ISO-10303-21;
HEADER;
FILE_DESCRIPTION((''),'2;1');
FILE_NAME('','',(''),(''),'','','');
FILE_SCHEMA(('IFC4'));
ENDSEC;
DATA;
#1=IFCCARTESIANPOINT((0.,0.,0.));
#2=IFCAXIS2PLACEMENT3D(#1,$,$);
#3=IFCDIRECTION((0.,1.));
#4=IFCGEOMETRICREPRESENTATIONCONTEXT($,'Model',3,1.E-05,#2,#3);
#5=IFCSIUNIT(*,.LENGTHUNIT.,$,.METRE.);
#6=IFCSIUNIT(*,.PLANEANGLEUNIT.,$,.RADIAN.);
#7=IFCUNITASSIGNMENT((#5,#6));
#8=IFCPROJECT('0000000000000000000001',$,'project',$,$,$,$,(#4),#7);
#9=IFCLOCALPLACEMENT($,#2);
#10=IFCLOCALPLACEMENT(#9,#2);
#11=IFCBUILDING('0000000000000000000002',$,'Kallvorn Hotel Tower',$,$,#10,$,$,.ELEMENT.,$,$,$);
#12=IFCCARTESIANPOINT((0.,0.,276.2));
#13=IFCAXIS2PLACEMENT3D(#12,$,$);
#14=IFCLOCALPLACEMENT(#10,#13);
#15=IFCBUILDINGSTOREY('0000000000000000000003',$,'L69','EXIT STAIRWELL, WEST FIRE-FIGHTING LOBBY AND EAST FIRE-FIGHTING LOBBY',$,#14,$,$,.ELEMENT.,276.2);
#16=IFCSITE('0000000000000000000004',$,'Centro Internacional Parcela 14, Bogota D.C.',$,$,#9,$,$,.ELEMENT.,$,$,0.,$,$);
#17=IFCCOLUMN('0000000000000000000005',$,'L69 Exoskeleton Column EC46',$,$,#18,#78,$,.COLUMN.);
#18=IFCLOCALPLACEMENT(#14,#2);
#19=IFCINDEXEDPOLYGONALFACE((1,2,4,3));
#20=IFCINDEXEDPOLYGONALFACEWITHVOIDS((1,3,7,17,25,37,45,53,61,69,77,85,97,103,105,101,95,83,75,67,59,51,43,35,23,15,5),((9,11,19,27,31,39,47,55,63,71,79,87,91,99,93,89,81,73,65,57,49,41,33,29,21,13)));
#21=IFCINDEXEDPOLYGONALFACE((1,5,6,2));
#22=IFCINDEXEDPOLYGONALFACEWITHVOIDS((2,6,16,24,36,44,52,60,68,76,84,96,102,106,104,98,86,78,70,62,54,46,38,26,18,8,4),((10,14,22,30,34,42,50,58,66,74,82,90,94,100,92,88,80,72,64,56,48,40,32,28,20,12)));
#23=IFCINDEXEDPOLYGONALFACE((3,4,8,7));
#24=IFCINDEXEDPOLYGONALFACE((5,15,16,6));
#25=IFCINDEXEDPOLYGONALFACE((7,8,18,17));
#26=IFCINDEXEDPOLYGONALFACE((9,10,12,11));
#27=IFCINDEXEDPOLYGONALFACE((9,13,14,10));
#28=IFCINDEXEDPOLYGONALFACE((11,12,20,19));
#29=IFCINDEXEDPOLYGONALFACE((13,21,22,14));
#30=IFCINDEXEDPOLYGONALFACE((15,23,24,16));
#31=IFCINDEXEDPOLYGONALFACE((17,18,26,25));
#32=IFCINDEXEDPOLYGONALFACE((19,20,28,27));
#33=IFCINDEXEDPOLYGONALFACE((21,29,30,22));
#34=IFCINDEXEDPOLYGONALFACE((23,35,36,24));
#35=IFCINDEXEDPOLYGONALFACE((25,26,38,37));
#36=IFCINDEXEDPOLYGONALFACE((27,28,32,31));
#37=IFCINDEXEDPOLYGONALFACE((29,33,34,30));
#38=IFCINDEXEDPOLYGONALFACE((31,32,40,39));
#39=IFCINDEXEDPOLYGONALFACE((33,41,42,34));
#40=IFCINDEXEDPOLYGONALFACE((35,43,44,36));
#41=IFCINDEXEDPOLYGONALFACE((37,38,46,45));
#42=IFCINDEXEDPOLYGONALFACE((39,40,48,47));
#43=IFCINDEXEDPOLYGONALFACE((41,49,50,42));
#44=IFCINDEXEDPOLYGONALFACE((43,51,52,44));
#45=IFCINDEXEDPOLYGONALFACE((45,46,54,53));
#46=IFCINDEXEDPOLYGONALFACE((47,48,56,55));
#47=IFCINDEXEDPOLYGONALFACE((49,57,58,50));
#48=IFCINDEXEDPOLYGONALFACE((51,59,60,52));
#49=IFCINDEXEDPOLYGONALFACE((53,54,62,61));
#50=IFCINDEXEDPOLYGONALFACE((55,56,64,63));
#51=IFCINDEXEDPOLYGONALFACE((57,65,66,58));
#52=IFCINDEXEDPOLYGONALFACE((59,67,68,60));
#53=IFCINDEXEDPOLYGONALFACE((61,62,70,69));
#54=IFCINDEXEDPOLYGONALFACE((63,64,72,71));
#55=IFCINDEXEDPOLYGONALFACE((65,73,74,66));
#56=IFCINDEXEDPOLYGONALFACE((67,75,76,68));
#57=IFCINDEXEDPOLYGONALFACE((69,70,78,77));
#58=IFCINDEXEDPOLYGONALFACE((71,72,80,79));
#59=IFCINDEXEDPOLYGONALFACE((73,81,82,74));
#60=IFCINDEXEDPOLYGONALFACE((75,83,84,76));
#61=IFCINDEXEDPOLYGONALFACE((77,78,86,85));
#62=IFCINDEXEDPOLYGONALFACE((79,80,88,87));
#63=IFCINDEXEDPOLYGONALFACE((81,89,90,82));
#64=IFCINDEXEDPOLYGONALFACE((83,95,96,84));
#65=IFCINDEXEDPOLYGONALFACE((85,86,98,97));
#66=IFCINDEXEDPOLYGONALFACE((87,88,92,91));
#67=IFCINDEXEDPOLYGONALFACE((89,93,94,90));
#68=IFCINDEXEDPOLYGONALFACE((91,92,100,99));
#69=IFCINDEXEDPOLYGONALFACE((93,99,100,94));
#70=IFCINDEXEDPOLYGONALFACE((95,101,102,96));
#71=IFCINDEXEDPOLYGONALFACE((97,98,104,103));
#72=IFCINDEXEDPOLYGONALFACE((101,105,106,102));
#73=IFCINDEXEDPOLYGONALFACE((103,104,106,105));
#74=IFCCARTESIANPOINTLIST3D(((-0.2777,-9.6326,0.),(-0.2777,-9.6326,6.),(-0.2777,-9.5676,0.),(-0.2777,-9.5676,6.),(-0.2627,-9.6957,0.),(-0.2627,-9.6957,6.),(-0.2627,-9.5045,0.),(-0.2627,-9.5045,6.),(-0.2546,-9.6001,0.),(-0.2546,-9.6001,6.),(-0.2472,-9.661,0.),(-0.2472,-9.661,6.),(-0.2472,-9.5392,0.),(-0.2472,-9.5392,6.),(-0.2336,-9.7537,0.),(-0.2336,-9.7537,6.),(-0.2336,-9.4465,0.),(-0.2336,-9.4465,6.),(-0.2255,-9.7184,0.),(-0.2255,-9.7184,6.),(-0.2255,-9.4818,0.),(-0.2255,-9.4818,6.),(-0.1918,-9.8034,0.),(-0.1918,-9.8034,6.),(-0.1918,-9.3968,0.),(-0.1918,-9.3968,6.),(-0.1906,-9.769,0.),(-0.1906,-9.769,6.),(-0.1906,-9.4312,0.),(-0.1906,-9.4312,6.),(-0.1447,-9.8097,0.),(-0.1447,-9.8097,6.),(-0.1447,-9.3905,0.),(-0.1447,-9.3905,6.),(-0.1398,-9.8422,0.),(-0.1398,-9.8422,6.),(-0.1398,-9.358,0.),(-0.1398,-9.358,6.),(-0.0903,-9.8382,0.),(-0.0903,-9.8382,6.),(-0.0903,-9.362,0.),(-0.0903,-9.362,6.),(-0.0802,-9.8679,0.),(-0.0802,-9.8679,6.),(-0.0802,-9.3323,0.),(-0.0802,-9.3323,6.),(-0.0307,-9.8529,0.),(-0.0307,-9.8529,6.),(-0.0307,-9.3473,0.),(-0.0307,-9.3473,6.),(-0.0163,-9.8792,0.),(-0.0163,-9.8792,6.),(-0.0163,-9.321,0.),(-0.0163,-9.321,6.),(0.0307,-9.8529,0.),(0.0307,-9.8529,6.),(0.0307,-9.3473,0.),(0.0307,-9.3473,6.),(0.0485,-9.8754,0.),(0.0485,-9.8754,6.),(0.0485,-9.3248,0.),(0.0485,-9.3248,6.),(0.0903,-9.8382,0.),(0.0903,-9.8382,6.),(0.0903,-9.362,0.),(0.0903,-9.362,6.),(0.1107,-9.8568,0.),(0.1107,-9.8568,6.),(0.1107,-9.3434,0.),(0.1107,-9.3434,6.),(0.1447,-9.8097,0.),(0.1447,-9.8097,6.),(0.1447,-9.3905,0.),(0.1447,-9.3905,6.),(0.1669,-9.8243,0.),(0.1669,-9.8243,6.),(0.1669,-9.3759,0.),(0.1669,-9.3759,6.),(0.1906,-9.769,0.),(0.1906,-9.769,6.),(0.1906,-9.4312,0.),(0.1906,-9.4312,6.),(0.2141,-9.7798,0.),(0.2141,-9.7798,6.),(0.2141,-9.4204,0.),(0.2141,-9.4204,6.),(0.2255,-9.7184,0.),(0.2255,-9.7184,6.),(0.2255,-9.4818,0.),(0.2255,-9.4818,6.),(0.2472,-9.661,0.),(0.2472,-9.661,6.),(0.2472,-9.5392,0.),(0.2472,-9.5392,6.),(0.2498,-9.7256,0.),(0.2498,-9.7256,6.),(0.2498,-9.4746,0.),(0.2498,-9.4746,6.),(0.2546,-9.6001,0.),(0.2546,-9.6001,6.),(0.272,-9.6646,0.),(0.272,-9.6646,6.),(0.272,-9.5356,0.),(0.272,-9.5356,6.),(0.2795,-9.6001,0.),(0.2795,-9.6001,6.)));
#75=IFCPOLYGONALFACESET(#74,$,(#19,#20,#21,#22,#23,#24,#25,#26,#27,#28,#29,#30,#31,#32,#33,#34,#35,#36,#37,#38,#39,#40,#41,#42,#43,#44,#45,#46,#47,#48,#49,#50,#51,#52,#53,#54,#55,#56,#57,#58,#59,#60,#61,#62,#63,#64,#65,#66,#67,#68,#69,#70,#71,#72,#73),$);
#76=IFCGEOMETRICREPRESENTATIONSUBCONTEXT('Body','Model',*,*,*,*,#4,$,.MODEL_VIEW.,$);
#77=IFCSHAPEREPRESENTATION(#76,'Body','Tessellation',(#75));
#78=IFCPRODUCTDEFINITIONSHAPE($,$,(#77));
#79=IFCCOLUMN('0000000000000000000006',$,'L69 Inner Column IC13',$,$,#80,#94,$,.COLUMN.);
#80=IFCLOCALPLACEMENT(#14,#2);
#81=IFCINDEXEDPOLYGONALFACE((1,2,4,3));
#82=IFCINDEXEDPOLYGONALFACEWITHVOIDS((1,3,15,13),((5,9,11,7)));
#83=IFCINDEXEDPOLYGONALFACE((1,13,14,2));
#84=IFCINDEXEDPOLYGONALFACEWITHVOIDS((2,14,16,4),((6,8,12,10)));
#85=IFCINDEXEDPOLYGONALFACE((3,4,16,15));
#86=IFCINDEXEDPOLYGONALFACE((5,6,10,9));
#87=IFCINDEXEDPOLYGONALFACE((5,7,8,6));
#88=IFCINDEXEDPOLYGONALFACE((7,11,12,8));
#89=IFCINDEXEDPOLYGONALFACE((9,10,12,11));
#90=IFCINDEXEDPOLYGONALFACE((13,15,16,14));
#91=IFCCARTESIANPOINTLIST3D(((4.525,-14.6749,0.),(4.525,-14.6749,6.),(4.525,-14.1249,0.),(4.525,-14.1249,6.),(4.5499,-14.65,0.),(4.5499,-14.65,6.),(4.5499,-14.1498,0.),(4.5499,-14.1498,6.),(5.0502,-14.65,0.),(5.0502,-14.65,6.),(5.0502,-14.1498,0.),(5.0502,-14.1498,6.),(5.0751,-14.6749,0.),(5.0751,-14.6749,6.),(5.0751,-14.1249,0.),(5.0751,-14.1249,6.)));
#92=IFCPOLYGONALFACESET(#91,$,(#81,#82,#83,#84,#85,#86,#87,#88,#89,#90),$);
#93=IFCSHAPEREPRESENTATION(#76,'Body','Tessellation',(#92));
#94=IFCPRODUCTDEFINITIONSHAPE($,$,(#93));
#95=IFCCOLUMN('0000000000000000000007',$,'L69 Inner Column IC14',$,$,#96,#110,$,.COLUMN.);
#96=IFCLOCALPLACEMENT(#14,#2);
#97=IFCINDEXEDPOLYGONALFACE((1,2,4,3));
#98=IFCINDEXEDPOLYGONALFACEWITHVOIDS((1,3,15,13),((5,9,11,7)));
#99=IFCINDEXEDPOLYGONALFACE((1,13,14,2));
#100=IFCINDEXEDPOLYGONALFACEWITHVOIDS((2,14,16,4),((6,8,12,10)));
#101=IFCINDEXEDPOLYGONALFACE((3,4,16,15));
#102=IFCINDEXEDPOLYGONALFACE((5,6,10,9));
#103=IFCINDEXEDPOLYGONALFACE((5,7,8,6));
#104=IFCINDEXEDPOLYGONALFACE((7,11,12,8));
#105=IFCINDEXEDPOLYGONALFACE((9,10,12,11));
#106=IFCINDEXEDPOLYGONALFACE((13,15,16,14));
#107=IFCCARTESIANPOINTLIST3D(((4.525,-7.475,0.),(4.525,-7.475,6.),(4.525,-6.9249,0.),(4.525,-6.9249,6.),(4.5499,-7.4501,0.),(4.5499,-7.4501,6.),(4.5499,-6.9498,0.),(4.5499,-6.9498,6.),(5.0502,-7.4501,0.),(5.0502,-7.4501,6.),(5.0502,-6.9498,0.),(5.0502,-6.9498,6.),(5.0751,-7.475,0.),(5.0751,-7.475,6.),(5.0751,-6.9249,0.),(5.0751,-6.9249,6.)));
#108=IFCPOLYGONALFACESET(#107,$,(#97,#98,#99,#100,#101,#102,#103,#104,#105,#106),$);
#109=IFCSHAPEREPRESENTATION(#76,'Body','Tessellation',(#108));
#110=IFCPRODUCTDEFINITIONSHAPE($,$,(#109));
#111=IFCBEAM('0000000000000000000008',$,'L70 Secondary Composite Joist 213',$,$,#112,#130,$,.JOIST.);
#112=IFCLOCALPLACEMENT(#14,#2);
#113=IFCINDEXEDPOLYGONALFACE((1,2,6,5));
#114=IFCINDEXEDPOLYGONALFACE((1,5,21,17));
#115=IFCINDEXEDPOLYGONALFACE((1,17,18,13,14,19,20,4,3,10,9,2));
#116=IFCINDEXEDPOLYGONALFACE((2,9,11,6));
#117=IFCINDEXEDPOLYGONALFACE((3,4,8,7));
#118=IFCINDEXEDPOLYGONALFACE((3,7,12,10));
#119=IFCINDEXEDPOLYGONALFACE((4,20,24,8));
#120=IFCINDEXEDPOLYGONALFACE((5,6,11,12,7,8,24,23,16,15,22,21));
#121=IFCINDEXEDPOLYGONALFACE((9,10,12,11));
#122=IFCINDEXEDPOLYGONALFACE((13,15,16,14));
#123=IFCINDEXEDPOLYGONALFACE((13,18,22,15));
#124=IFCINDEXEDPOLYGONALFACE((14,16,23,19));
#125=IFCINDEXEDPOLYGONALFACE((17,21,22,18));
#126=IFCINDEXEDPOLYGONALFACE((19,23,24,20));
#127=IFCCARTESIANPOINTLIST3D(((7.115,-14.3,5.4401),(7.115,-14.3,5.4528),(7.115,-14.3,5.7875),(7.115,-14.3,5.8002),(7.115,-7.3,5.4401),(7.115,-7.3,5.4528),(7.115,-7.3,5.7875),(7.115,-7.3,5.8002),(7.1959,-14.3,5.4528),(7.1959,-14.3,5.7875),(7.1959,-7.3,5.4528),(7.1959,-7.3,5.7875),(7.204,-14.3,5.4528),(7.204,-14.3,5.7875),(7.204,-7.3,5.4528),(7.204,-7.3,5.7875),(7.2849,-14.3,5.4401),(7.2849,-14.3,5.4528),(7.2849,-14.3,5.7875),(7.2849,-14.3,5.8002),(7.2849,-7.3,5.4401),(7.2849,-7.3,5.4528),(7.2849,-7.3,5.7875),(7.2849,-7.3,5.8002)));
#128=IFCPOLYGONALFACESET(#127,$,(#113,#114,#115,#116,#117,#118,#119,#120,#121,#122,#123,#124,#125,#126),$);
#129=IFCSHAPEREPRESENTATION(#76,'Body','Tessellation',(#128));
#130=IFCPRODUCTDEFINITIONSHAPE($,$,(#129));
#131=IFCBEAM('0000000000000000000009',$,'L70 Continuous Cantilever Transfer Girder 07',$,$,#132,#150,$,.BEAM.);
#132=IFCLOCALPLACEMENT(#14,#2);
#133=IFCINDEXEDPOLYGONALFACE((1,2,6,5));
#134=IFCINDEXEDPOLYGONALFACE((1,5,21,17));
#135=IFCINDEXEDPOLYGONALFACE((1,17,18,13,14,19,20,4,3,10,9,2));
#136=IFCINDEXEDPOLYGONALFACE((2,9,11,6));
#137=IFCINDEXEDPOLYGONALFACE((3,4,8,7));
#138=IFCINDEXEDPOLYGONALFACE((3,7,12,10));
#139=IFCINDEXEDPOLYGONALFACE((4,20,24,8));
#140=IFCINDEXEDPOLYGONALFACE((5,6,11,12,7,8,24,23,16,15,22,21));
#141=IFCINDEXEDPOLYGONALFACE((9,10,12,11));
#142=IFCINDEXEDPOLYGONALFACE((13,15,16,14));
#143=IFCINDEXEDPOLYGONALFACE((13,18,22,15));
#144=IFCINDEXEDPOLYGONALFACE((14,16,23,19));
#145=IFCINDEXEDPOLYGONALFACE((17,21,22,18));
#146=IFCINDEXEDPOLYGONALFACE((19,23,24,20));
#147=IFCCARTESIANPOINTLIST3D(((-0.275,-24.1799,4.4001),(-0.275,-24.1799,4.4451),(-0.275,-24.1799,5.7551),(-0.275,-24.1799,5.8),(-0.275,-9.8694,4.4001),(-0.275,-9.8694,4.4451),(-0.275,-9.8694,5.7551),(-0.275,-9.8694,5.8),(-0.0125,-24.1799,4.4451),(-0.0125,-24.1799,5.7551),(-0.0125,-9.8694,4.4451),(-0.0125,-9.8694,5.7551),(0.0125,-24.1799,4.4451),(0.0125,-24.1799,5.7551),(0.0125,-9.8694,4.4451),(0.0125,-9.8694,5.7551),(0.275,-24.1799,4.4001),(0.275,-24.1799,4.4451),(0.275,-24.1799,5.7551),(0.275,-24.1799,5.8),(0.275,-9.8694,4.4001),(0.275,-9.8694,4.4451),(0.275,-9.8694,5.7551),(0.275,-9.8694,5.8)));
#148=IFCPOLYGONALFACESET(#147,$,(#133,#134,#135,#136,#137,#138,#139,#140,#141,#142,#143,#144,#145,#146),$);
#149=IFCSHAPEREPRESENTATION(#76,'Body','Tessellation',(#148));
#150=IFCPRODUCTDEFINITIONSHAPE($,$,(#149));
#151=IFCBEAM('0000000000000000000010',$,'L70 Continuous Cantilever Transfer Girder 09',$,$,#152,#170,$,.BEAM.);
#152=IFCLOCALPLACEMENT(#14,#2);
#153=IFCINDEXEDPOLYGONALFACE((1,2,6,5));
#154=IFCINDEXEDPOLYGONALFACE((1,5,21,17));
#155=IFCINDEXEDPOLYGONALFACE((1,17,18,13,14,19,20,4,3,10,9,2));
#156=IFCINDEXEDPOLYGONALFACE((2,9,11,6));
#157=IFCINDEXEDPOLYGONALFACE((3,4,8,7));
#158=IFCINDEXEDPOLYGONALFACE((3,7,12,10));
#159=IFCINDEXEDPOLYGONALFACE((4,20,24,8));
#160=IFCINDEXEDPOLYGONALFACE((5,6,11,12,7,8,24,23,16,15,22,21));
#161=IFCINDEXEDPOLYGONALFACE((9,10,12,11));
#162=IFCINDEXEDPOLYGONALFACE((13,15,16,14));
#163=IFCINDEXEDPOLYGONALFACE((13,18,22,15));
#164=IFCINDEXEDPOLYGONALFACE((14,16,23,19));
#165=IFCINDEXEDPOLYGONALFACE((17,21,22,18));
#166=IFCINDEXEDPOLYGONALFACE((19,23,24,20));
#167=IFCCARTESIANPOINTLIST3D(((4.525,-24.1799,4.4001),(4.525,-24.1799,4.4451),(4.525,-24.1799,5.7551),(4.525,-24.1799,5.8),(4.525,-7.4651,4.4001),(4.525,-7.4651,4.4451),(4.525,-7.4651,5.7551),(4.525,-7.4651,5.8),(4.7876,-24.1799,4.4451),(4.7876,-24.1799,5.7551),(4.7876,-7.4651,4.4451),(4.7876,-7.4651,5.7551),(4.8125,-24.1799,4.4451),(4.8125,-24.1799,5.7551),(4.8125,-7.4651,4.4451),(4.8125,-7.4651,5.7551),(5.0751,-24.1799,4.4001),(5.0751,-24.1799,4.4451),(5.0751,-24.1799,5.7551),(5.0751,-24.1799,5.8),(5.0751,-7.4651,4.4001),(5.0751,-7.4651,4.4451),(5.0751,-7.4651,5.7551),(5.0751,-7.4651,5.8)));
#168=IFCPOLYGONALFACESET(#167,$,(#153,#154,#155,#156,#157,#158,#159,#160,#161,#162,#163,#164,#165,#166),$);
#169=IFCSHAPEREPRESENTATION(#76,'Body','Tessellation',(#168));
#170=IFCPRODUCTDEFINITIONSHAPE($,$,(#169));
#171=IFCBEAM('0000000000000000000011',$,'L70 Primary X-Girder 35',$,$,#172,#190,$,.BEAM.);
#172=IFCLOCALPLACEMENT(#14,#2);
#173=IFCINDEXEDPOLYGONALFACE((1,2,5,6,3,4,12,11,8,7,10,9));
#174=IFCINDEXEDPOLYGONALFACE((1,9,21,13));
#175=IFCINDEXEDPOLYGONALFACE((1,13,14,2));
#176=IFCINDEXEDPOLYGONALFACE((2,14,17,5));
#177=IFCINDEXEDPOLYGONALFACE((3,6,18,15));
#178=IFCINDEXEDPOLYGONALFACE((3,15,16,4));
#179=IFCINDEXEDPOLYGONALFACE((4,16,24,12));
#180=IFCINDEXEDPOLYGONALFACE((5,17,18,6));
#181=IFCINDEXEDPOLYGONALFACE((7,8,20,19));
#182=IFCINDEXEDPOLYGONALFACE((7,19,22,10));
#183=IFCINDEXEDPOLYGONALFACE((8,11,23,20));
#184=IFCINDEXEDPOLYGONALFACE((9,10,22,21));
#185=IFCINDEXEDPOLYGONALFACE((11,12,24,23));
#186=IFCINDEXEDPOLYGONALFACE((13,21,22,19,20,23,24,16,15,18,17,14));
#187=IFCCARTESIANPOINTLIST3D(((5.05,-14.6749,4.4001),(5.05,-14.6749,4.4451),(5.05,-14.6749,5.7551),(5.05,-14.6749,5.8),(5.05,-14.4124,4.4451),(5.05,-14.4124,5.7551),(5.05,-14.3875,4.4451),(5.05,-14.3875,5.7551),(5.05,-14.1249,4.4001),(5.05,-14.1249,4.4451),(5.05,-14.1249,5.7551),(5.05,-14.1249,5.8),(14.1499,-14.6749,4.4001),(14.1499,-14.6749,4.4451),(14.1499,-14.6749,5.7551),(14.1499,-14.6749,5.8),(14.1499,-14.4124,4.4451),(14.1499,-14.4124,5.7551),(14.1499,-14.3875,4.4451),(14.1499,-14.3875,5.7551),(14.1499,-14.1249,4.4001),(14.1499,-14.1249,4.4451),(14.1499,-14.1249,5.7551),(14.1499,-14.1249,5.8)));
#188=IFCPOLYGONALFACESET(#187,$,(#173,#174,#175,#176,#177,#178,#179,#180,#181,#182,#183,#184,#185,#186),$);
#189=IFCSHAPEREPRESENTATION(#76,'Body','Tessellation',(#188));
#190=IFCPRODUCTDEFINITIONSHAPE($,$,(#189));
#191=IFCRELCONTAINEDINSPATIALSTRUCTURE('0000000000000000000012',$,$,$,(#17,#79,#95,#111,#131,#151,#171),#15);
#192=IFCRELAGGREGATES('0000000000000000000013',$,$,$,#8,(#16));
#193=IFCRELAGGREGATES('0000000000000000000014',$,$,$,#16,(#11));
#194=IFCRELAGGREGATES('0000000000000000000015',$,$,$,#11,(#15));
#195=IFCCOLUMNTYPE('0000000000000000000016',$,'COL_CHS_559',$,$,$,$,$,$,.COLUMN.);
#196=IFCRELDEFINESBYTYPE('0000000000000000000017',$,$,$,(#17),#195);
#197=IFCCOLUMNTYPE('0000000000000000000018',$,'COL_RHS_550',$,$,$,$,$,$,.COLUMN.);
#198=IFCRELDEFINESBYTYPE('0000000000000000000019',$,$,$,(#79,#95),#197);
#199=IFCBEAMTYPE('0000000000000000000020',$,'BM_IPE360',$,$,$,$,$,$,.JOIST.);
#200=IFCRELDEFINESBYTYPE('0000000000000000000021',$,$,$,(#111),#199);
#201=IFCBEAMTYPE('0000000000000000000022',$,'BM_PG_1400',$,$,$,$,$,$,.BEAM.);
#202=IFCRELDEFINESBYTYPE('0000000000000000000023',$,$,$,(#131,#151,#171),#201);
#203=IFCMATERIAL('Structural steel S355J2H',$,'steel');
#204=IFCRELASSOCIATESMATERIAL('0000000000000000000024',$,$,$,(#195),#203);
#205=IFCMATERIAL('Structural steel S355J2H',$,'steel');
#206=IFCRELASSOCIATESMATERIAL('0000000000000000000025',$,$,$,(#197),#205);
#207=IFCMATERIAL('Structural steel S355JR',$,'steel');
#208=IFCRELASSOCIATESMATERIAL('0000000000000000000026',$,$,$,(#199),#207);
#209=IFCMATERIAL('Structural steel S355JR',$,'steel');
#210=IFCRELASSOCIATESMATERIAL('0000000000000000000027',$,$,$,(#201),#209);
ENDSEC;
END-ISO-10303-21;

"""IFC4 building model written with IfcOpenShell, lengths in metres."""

from ifc_helpers import new_model, si_unit, direction, frame, origin, origin_2d, place, context, subcontext, project, spatial, hollow_rectangle, hollow_circle, i_section, extrude, material, material_profile, profile_set, type_object, element, save


model = new_model("IFC4")

# Units and contexts
model_context = context("Model", 3, precision=1e-05, world=origin(), true_north=direction((0.0, 1.0)))
body_context = subcontext(model_context, "Body", "Model", "MODEL_VIEW")
ifc_project = project(units=[si_unit("LENGTHUNIT", "METRE"), si_unit("PLANEANGLEUNIT", "RADIAN")], contexts=[model_context])

# Site, building, storey
site_placement = place(None, origin())
site = spatial("IfcSite", under=ifc_project, at=site_placement, Name="Centro Internacional Parcela 14, Bogota D.C.", CompositionType="ELEMENT", RefElevation=0.0)
building_placement = place(site_placement, origin())
building = spatial("IfcBuilding", under=site, at=building_placement, Name="Kallvorn Hotel Tower", CompositionType="ELEMENT")
storey_placement = place(building_placement, frame((0.0, 0.0, 276.2)))
storey = spatial("IfcBuildingStorey", under=building, at=storey_placement, Name="L69", Description="EXIT STAIRWELL, WEST FIRE-FIGHTING LOBBY AND EAST FIRE-FIGHTING LOBBY", CompositionType="ELEMENT", Elevation=276.2)

# Columns
ifc_material_1 = material(Name="Structural steel S355J2H", Category="steel")
ifc_material_profile_1 = material_profile(ifc_material_1, hollow_circle(Radius=0.2795, WallThickness=0.0249, at=origin_2d()), Name="CHS 559x25")
ifc_profile_set_1 = profile_set([ifc_material_profile_1], Name="Structural steel S355J2H")
column_type_1 = type_object("IfcColumnType", Name="COL_CHS_559", PredefinedType="COLUMN", material=ifc_profile_set_1)
column_placement = place(storey_placement, frame((0.0, -9.6001, 0.0), z_axis=(0.0, 0.0, 1.0), x_axis=(1.0, 0.0, 0.0)))
element("IfcColumn", 1, at=column_placement, inside=storey, type_object=column_type_1, Name="L69 Exoskeleton Column EC46", PredefinedType="COLUMN", context=body_context, shape_type="SweptSolid", body=[
    extrude(hollow_circle(Radius=0.2795, WallThickness=0.0249, at=origin_2d()), origin(), (0.0, 0.0, 1.0), 6.0),
])
ifc_material_2 = material(Name="Structural steel S355J2H", Category="steel")
ifc_material_profile_2 = material_profile(ifc_material_2, hollow_rectangle(XDim=0.55, YDim=0.55, WallThickness=0.0249, at=origin_2d()), Name="RHS 550x550x25")
ifc_profile_set_2 = profile_set([ifc_material_profile_2], Name="Structural steel S355J2H")
column_type_2 = type_object("IfcColumnType", Name="COL_RHS_550", PredefinedType="COLUMN", material=ifc_profile_set_2)
for number, where, z_axis, x_axis, name in (
    (2, (4.8, -14.3999, 0.0), (0.0, 0.0, 1.0), (1.0, 0.0, 0.0), "L69 Inner Column IC13"),
    (3, (4.8, -7.2, 0.0), (0.0, 0.0, 1.0), (1.0, 0.0, 0.0), "L69 Inner Column IC14"),
):
    element("IfcColumn", number, at=place(storey_placement, frame(where, z_axis=z_axis, x_axis=x_axis)), inside=storey, type_object=column_type_2, Name=name, PredefinedType="COLUMN", context=body_context, shape_type="SweptSolid", body=[
        extrude(hollow_rectangle(XDim=0.55, YDim=0.55, WallThickness=0.0249, at=origin_2d()), origin(), (0.0, 0.0, 1.0), 6.0),
    ])

# Beams
ifc_material_3 = material(Name="Structural steel S355JR", Category="steel")
ifc_material_profile_3 = material_profile(ifc_material_3, i_section(OverallWidth=0.1699, OverallDepth=0.3601, WebThickness=0.0081, FlangeThickness=0.0127, at=origin_2d()), Name="IPE 360")
ifc_profile_set_3 = profile_set([ifc_material_profile_3], Name="Structural steel S355JR")
beam_type_1 = type_object("IfcBeamType", Name="BM_IPE360", PredefinedType="JOIST", material=ifc_profile_set_3)
beam_1_placement = place(storey_placement, frame((7.2, -14.3, 5.6201), z_axis=(0.0, 1.0, 0.0), x_axis=(-1.0, 0.0, 0.0)))
element("IfcBeam", 4, at=beam_1_placement, inside=storey, type_object=beam_type_1, Name="L70 Secondary Composite Joist 213", PredefinedType="JOIST", context=body_context, shape_type="SweptSolid", body=[
    extrude(i_section(OverallWidth=0.1699, OverallDepth=0.3601, WebThickness=0.0081, FlangeThickness=0.0127, at=origin_2d()), origin(), (0.0, 0.0, 1.0), 7.0),
])
ifc_material_4 = material(Name="Structural steel S355JR", Category="steel")
ifc_material_profile_4 = material_profile(ifc_material_4, i_section(OverallWidth=0.55, OverallDepth=1.3999, WebThickness=0.0249, FlangeThickness=0.0449, at=origin_2d()), Name="PG 1400x550x25x45")
ifc_profile_set_4 = profile_set([ifc_material_profile_4], Name="Structural steel S355JR")
beam_type_2 = type_object("IfcBeamType", Name="BM_PG_1400", PredefinedType="BEAM", material=ifc_profile_set_4)
beam_2_placement = place(storey_placement, frame((0.0, -9.8694, 5.1001), z_axis=(0.0, -1.0, 0.0), x_axis=(1.0, 0.0, 0.0)))
element("IfcBeam", 5, at=beam_2_placement, inside=storey, type_object=beam_type_2, Name="L70 Continuous Cantilever Transfer Girder 07", PredefinedType="BEAM", context=body_context, shape_type="SweptSolid", body=[
    extrude(i_section(OverallWidth=0.55, OverallDepth=1.3999, WebThickness=0.0249, FlangeThickness=0.0449, at=origin_2d()), origin(), (0.0, 0.0, 1.0), 14.3105),
])
beam_3_placement = place(storey_placement, frame((4.8, -7.4651, 5.1001), z_axis=(0.0, -1.0, 0.0), x_axis=(1.0, 0.0, 0.0)))
element("IfcBeam", 6, at=beam_3_placement, inside=storey, type_object=beam_type_2, Name="L70 Continuous Cantilever Transfer Girder 09", PredefinedType="BEAM", context=body_context, shape_type="SweptSolid", body=[
    extrude(i_section(OverallWidth=0.55, OverallDepth=1.3999, WebThickness=0.0249, FlangeThickness=0.0449, at=origin_2d()), origin(), (0.0, 0.0, 1.0), 16.7148),
])
beam_4_placement = place(storey_placement, frame((5.05, -14.3999, 5.1001), z_axis=(1.0, 0.0, 0.0), x_axis=(0.0, 1.0, 0.0)))
element("IfcBeam", 7, at=beam_4_placement, inside=storey, type_object=beam_type_2, Name="L70 Primary X-Girder 35", PredefinedType="BEAM", context=body_context, shape_type="SweptSolid", body=[
    extrude(i_section(OverallWidth=0.55, OverallDepth=1.3999, WebThickness=0.0249, FlangeThickness=0.0449, at=origin_2d()), origin(), (0.0, 0.0, 1.0), 9.0999),
])

save(model, "model.ifc")
